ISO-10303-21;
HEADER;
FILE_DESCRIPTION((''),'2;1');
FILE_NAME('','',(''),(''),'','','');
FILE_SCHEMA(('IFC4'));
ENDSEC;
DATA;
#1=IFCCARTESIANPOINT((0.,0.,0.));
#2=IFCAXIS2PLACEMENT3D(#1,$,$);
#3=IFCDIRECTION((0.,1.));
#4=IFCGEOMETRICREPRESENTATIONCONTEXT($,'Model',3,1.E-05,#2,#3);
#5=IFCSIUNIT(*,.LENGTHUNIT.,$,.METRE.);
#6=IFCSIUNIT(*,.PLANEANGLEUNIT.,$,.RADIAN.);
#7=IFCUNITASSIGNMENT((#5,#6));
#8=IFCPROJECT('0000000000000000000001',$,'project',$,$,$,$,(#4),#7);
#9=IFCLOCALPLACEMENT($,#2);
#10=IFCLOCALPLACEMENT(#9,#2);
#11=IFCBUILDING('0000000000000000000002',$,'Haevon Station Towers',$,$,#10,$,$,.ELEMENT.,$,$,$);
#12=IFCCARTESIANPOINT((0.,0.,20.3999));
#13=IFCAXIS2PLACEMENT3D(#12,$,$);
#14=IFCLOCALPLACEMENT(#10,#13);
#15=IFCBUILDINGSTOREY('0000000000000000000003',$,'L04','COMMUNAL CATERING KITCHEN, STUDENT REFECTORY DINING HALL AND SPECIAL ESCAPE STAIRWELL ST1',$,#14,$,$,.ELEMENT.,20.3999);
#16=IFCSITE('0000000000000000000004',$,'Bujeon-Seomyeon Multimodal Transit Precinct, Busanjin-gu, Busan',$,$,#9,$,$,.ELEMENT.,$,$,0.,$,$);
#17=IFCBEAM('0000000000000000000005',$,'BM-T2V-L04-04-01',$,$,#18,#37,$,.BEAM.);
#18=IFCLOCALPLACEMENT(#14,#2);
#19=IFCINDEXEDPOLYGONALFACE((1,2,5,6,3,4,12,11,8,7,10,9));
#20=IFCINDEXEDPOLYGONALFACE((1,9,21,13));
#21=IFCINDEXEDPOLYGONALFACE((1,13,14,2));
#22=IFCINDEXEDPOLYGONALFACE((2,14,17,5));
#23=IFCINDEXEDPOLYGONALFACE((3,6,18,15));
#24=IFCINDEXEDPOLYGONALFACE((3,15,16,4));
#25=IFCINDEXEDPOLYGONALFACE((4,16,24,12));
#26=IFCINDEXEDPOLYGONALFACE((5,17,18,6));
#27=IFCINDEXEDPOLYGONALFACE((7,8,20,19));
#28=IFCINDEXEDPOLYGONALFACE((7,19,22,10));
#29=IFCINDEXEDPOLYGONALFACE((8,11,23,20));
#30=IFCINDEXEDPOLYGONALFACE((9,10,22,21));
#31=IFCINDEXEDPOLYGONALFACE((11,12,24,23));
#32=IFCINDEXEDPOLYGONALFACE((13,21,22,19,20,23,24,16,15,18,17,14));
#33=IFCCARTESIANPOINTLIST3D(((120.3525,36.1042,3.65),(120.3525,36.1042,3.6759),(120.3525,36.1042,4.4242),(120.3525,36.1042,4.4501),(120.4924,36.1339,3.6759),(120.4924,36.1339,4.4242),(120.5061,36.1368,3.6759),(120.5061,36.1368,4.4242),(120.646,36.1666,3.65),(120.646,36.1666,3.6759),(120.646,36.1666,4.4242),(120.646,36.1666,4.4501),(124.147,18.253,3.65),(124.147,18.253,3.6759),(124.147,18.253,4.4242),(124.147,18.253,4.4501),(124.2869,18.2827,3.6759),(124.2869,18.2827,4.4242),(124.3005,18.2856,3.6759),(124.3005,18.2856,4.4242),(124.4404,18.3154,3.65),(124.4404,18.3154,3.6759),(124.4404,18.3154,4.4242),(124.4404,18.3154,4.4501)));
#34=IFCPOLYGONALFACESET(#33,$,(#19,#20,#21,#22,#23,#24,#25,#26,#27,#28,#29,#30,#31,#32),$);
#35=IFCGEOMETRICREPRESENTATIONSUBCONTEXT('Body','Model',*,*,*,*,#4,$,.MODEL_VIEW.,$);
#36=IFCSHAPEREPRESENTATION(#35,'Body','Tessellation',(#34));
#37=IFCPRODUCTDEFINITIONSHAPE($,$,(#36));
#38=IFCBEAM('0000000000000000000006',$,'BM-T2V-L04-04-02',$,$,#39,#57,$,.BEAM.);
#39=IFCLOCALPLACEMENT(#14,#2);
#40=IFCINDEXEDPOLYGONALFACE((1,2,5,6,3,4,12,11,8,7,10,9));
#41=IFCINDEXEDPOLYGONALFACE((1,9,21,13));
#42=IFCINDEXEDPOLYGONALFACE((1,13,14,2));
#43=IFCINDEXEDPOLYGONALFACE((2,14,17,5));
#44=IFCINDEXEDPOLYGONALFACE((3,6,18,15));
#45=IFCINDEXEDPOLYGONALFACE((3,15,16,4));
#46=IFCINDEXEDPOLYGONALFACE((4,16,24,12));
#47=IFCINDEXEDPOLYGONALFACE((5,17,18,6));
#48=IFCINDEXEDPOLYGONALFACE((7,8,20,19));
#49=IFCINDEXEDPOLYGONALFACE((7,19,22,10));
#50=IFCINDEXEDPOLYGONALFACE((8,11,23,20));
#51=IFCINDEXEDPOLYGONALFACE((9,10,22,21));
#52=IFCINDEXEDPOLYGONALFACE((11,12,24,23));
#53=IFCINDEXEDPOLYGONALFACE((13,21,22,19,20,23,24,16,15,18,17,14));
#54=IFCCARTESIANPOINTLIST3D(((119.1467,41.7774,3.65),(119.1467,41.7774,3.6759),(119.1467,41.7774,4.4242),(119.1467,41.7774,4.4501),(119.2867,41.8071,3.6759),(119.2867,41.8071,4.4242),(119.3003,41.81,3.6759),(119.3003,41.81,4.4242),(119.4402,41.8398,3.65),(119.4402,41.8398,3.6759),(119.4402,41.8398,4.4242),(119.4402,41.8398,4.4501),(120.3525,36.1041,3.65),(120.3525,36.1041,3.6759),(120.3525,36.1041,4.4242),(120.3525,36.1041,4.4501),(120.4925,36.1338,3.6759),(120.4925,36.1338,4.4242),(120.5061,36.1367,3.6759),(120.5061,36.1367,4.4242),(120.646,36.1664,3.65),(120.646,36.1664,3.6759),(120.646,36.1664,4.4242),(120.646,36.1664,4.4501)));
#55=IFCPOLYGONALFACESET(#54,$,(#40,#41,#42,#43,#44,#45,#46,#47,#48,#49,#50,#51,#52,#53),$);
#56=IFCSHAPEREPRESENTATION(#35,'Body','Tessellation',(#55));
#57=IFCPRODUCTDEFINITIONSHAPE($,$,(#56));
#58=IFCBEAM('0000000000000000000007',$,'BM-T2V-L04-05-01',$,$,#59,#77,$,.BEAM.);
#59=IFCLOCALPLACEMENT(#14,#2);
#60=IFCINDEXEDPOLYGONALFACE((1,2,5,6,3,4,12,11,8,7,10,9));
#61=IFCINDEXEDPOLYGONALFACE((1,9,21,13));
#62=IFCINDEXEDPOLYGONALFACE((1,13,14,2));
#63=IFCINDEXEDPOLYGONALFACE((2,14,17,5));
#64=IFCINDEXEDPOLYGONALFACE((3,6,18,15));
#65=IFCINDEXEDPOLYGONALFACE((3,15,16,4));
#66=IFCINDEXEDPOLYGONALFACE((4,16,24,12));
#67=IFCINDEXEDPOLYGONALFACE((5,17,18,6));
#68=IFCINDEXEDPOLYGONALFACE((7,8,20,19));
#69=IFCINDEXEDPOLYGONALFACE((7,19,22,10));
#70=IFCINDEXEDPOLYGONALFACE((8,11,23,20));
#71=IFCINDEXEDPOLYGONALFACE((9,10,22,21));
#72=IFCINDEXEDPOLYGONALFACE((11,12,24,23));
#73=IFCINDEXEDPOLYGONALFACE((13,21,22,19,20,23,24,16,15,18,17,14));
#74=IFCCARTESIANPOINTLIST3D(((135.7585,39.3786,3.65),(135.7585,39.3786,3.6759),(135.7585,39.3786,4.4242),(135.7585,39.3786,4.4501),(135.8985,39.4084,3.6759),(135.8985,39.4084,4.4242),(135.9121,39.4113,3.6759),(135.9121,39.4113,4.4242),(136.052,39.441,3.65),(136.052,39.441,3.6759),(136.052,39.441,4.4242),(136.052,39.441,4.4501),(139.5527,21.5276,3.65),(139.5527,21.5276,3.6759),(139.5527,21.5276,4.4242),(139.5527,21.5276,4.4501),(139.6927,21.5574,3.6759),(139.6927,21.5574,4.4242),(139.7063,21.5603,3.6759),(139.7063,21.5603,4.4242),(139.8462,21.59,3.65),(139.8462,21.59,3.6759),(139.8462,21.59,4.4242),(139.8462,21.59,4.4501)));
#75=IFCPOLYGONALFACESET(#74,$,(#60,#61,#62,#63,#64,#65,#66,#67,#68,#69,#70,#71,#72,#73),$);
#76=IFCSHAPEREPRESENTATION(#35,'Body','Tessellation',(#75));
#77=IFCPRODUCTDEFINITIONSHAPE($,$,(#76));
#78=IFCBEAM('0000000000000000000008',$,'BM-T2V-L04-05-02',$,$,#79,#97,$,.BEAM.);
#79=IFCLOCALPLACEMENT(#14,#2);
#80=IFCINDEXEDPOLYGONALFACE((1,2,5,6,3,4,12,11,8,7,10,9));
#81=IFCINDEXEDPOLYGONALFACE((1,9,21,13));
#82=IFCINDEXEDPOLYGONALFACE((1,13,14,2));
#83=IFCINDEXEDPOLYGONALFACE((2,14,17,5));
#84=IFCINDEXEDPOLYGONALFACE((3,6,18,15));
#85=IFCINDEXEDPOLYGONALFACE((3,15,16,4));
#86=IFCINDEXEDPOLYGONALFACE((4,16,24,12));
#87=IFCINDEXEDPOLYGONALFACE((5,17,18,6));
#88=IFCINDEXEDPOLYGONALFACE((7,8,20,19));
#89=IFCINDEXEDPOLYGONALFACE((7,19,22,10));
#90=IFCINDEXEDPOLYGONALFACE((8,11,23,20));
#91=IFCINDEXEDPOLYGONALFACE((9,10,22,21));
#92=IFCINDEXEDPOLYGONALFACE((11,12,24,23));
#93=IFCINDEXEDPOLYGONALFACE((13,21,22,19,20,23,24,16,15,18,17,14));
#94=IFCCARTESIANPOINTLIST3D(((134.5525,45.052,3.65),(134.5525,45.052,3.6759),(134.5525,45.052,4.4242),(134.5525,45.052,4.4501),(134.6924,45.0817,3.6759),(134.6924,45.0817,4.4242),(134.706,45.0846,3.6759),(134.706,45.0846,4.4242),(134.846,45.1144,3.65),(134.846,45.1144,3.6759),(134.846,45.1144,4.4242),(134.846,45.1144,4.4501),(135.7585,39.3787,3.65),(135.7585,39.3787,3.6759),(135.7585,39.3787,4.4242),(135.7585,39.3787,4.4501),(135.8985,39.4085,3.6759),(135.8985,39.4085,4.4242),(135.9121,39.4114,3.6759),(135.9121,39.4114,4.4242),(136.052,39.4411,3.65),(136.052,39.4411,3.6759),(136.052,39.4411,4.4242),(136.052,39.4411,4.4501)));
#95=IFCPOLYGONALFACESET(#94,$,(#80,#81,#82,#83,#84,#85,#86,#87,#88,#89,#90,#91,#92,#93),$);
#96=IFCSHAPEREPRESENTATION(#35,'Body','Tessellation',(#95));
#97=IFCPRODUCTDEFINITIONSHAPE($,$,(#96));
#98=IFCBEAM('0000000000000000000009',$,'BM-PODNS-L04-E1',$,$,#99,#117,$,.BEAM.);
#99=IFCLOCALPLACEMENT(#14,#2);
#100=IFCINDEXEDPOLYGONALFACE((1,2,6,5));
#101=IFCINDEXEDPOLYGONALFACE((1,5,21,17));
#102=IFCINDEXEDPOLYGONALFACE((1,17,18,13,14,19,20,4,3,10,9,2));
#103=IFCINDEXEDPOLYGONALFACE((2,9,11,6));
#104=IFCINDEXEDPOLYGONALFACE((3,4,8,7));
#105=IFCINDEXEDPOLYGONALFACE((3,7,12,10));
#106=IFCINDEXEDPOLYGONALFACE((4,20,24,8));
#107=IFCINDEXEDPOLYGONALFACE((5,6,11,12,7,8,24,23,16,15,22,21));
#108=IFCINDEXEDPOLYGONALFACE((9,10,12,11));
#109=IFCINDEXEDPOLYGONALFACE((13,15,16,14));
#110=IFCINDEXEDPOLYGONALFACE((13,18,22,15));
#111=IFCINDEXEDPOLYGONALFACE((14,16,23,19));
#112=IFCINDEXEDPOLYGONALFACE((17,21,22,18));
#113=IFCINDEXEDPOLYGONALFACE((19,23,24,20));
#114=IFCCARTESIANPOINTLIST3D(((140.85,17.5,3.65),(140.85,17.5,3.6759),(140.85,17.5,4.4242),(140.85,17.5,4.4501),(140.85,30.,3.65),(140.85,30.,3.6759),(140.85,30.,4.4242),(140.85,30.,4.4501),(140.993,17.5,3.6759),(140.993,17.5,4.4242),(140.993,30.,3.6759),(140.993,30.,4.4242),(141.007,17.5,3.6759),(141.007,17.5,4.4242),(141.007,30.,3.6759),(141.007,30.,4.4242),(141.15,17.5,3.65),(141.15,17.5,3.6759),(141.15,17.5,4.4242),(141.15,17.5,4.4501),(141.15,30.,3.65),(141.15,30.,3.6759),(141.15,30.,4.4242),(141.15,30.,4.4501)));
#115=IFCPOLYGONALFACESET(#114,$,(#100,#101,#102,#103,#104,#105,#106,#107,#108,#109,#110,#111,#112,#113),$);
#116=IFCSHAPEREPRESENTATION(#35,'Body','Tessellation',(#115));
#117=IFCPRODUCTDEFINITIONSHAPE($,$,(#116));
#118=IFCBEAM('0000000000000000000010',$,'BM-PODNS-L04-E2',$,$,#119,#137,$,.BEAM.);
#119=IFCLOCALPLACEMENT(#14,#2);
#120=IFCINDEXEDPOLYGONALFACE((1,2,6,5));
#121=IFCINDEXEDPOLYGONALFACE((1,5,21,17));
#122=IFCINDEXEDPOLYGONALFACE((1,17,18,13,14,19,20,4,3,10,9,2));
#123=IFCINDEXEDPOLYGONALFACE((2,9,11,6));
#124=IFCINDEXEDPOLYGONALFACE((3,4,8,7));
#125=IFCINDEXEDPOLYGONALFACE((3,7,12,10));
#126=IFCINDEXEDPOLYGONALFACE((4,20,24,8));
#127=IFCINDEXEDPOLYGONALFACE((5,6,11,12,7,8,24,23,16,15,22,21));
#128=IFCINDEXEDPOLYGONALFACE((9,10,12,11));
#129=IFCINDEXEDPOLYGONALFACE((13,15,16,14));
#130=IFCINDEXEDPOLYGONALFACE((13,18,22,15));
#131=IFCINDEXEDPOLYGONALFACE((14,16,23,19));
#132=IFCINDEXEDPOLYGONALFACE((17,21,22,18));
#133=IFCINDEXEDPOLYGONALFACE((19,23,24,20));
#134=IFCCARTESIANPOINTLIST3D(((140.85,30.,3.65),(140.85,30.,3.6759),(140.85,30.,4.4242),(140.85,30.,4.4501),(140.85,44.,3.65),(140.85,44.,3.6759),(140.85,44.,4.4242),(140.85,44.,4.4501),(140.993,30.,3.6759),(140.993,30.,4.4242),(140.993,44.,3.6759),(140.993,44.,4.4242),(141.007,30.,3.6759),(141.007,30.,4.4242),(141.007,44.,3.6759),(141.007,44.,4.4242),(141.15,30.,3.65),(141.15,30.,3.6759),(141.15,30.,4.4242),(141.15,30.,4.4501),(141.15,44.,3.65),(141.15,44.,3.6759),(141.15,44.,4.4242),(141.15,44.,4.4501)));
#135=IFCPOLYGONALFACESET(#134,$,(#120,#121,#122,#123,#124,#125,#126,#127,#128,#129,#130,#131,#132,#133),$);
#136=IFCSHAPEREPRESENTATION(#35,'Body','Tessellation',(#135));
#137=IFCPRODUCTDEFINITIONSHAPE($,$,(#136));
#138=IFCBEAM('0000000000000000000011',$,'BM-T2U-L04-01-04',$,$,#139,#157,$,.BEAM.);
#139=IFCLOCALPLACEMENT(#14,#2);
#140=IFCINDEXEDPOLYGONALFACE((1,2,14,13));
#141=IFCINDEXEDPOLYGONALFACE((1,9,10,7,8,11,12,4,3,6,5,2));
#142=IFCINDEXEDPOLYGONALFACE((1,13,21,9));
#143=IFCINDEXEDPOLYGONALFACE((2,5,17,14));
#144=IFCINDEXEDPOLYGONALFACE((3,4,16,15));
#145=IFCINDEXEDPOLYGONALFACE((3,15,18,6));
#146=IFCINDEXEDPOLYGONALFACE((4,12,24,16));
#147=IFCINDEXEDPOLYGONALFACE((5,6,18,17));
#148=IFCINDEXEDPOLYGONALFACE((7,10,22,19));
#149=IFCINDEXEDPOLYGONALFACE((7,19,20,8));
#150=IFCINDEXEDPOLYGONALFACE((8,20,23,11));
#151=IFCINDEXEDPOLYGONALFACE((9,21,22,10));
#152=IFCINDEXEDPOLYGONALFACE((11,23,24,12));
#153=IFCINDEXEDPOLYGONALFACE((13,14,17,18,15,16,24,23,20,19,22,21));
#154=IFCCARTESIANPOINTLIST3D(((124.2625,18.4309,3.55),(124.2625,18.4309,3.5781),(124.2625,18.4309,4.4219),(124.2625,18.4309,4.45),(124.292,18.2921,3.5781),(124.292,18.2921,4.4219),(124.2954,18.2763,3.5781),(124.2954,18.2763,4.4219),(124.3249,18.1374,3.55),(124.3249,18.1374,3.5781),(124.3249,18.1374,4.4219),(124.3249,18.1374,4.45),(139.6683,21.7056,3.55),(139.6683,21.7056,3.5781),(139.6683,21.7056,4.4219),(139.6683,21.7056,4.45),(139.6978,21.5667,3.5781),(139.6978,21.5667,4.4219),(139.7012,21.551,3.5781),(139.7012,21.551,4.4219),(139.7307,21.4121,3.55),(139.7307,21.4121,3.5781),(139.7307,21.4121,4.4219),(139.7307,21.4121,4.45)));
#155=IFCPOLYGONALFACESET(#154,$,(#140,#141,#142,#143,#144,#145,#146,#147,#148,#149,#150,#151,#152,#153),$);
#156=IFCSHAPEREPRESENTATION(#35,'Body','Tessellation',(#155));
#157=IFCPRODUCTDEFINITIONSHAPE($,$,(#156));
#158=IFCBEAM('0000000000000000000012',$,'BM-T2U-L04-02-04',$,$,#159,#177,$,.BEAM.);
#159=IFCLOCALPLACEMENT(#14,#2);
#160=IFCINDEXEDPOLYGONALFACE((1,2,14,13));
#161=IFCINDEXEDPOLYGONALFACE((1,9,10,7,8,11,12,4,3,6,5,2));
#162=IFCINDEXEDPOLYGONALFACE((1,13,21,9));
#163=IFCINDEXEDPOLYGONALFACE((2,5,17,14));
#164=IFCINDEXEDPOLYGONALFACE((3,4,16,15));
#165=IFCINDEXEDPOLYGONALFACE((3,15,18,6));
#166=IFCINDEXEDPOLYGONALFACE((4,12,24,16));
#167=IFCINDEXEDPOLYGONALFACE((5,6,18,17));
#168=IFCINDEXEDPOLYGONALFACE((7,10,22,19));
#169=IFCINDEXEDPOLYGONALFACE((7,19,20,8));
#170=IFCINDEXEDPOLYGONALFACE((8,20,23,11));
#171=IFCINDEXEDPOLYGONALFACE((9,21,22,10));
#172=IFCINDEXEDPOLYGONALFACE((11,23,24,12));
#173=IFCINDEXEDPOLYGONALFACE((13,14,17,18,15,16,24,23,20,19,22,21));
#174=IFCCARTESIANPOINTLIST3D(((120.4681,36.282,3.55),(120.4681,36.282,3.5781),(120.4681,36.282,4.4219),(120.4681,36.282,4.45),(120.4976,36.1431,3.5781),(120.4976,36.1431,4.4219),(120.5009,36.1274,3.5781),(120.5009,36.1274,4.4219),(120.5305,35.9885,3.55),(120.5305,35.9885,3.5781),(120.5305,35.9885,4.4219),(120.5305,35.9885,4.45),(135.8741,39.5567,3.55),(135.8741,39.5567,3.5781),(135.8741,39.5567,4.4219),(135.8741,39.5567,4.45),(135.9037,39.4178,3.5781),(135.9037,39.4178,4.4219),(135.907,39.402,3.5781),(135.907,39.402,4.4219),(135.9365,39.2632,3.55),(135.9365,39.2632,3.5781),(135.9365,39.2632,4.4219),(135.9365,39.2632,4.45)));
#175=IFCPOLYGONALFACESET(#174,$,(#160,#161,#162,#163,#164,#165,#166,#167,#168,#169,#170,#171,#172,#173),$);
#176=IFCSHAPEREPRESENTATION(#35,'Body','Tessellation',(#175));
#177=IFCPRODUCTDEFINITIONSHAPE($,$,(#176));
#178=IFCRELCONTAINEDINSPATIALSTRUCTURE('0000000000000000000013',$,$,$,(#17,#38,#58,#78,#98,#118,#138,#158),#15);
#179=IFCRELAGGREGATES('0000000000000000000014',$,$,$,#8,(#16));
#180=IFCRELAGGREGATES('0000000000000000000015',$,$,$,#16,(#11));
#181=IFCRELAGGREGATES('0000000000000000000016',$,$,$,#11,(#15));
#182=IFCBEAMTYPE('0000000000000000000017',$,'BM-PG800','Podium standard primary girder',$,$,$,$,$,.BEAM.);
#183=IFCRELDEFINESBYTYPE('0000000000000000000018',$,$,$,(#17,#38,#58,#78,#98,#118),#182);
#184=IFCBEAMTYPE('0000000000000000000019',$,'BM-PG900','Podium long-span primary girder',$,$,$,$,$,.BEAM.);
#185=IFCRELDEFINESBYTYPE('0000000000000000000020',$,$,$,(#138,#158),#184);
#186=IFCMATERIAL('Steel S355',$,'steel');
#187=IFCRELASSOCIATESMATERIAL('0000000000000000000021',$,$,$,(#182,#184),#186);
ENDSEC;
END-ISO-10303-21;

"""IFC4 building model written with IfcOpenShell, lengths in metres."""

from ifc_helpers import new_model, si_unit, direction, frame, origin, origin_2d, place, context, subcontext, project, spatial, i_section, extrude, material, material_profile, profile_set, type_object, element, save


model = new_model("IFC4")

# Units and contexts
model_context = context("Model", 3, precision=1e-05, world=origin(), true_north=direction((0.0, 1.0)))
body_context = subcontext(model_context, "Body", "Model", "MODEL_VIEW")
ifc_project = project(units=[si_unit("LENGTHUNIT", "METRE"), si_unit("PLANEANGLEUNIT", "RADIAN")], contexts=[model_context])

# Site, building, storey
site_placement = place(None, origin())
site = spatial("IfcSite", under=ifc_project, at=site_placement, Name="Bujeon-Seomyeon Multimodal Transit Precinct, Busanjin-gu, Busan", CompositionType="ELEMENT", RefElevation=0.0)
building_placement = place(site_placement, origin())
building = spatial("IfcBuilding", under=site, at=building_placement, Name="Haevon Station Towers", CompositionType="ELEMENT")
storey_placement = place(building_placement, frame((0.0, 0.0, 20.3999)))
storey = spatial("IfcBuildingStorey", under=building, at=storey_placement, Name="L04", Description="COMMUNAL CATERING KITCHEN, STUDENT REFECTORY DINING HALL AND SPECIAL ESCAPE STAIRWELL ST1", CompositionType="ELEMENT", Elevation=20.3999)

# Beams
ifc_material_1 = material(Name="Steel S355", Category="steel")
ifc_material_profile_1 = material_profile(ifc_material_1, i_section(OverallWidth=0.3, OverallDepth=0.8, WebThickness=0.0139, FlangeThickness=0.0259, at=origin_2d()), Name="H-800x300x14x26")
ifc_profile_set_1 = profile_set([ifc_material_profile_1], Name="Steel S355")
beam_type_1 = type_object("IfcBeamType", Name="BM-PG800", Description="Podium standard primary girder", PredefinedType="BEAM", material=ifc_profile_set_1)
beam_1_placement = place(storey_placement, frame((124.2937, 18.2842, 4.05), z_axis=(-0.207915, 0.978147, 0.0), x_axis=(-0.978147, -0.207915, 0.0)))
element("IfcBeam", 1, at=beam_1_placement, inside=storey, type_object=beam_type_1, Name="BM-T2V-L04-04-01", PredefinedType="BEAM", context=body_context, shape_type="SweptSolid", body=[
    extrude(i_section(OverallWidth=0.3, OverallDepth=0.8, WebThickness=0.0139, FlangeThickness=0.0259, at=origin_2d()), origin(), (0.0, 0.0, 1.0), 18.25),
])
beam_2_placement = place(storey_placement, frame((120.4993, 36.1353, 4.05), z_axis=(-0.207896, 0.978151, 0.0), x_axis=(-0.978151, -0.207896, 0.0)))
element("IfcBeam", 2, at=beam_2_placement, inside=storey, type_object=beam_type_1, Name="BM-T2V-L04-04-02", PredefinedType="BEAM", context=body_context, shape_type="SweptSolid", body=[
    extrude(i_section(OverallWidth=0.3, OverallDepth=0.8, WebThickness=0.0139, FlangeThickness=0.0259, at=origin_2d()), origin(), (0.0, 0.0, 1.0), 5.8),
])
beam_3_placement = place(storey_placement, frame((139.6995, 21.5588, 4.05), z_axis=(-0.207903, 0.97815, 0.0), x_axis=(-0.97815, -0.207903, 0.0)))
element("IfcBeam", 3, at=beam_3_placement, inside=storey, type_object=beam_type_1, Name="BM-T2V-L04-05-01", PredefinedType="BEAM", context=body_context, shape_type="SweptSolid", body=[
    extrude(i_section(OverallWidth=0.3, OverallDepth=0.8, WebThickness=0.0139, FlangeThickness=0.0259, at=origin_2d()), origin(), (0.0, 0.0, 1.0), 18.2498),
])
beam_4_placement = place(storey_placement, frame((135.9053, 39.4099, 4.05), z_axis=(-0.207936, 0.978142, 0.0), x_axis=(-0.978142, -0.207936, 0.0)))
element("IfcBeam", 4, at=beam_4_placement, inside=storey, type_object=beam_type_1, Name="BM-T2V-L04-05-02", PredefinedType="BEAM", context=body_context, shape_type="SweptSolid", body=[
    extrude(i_section(OverallWidth=0.3, OverallDepth=0.8, WebThickness=0.0139, FlangeThickness=0.0259, at=origin_2d()), origin(), (0.0, 0.0, 1.0), 5.8),
])
beam_5_placement = place(storey_placement, frame((141.0, 17.5, 4.05), z_axis=(0.0, 1.0, 0.0), x_axis=(-1.0, 0.0, 0.0)))
element("IfcBeam", 5, at=beam_5_placement, inside=storey, type_object=beam_type_1, Name="BM-PODNS-L04-E1", PredefinedType="BEAM", context=body_context, shape_type="SweptSolid", body=[
    extrude(i_section(OverallWidth=0.3, OverallDepth=0.8, WebThickness=0.0139, FlangeThickness=0.0259, at=origin_2d()), origin(), (0.0, 0.0, 1.0), 12.5),
])
beam_6_placement = place(storey_placement, frame((141.0, 30.0, 4.05), z_axis=(0.0, 1.0, 0.0), x_axis=(-1.0, 0.0, 0.0)))
element("IfcBeam", 6, at=beam_6_placement, inside=storey, type_object=beam_type_1, Name="BM-PODNS-L04-E2", PredefinedType="BEAM", context=body_context, shape_type="SweptSolid", body=[
    extrude(i_section(OverallWidth=0.3, OverallDepth=0.8, WebThickness=0.0139, FlangeThickness=0.0259, at=origin_2d()), origin(), (0.0, 0.0, 1.0), 14.0),
])
ifc_material_profile_2 = material_profile(ifc_material_1, i_section(OverallWidth=0.3, OverallDepth=0.8999, WebThickness=0.0161, FlangeThickness=0.0281, at=origin_2d()), Name="H-900x300x16x28")
ifc_profile_set_2 = profile_set([ifc_material_profile_2], Name="Steel S355")
beam_type_2 = type_object("IfcBeamType", Name="BM-PG900", Description="Podium long-span primary girder", PredefinedType="BEAM", material=ifc_profile_set_2)
beam_7_placement = place(storey_placement, frame((124.2937, 18.2842, 4.0), z_axis=(0.978147, 0.207915, 0.0), x_axis=(-0.207915, 0.978147, 0.0)))
element("IfcBeam", 7, at=beam_7_placement, inside=storey, type_object=beam_type_2, Name="BM-T2U-L04-01-04", PredefinedType="BEAM", context=body_context, shape_type="SweptSolid", body=[
    extrude(i_section(OverallWidth=0.3, OverallDepth=0.8999, WebThickness=0.0161, FlangeThickness=0.0281, at=origin_2d()), origin(), (0.0, 0.0, 1.0), 15.75),
])
beam_8_placement = place(storey_placement, frame((120.4993, 36.1353, 4.0), z_axis=(0.978147, 0.207912, 0.0), x_axis=(-0.207912, 0.978147, 0.0)))
element("IfcBeam", 8, at=beam_8_placement, inside=storey, type_object=beam_type_2, Name="BM-T2U-L04-02-04", PredefinedType="BEAM", context=body_context, shape_type="SweptSolid", body=[
    extrude(i_section(OverallWidth=0.3, OverallDepth=0.8999, WebThickness=0.0161, FlangeThickness=0.0281, at=origin_2d()), origin(), (0.0, 0.0, 1.0), 15.7502),
])

save(model, "model.ifc")
